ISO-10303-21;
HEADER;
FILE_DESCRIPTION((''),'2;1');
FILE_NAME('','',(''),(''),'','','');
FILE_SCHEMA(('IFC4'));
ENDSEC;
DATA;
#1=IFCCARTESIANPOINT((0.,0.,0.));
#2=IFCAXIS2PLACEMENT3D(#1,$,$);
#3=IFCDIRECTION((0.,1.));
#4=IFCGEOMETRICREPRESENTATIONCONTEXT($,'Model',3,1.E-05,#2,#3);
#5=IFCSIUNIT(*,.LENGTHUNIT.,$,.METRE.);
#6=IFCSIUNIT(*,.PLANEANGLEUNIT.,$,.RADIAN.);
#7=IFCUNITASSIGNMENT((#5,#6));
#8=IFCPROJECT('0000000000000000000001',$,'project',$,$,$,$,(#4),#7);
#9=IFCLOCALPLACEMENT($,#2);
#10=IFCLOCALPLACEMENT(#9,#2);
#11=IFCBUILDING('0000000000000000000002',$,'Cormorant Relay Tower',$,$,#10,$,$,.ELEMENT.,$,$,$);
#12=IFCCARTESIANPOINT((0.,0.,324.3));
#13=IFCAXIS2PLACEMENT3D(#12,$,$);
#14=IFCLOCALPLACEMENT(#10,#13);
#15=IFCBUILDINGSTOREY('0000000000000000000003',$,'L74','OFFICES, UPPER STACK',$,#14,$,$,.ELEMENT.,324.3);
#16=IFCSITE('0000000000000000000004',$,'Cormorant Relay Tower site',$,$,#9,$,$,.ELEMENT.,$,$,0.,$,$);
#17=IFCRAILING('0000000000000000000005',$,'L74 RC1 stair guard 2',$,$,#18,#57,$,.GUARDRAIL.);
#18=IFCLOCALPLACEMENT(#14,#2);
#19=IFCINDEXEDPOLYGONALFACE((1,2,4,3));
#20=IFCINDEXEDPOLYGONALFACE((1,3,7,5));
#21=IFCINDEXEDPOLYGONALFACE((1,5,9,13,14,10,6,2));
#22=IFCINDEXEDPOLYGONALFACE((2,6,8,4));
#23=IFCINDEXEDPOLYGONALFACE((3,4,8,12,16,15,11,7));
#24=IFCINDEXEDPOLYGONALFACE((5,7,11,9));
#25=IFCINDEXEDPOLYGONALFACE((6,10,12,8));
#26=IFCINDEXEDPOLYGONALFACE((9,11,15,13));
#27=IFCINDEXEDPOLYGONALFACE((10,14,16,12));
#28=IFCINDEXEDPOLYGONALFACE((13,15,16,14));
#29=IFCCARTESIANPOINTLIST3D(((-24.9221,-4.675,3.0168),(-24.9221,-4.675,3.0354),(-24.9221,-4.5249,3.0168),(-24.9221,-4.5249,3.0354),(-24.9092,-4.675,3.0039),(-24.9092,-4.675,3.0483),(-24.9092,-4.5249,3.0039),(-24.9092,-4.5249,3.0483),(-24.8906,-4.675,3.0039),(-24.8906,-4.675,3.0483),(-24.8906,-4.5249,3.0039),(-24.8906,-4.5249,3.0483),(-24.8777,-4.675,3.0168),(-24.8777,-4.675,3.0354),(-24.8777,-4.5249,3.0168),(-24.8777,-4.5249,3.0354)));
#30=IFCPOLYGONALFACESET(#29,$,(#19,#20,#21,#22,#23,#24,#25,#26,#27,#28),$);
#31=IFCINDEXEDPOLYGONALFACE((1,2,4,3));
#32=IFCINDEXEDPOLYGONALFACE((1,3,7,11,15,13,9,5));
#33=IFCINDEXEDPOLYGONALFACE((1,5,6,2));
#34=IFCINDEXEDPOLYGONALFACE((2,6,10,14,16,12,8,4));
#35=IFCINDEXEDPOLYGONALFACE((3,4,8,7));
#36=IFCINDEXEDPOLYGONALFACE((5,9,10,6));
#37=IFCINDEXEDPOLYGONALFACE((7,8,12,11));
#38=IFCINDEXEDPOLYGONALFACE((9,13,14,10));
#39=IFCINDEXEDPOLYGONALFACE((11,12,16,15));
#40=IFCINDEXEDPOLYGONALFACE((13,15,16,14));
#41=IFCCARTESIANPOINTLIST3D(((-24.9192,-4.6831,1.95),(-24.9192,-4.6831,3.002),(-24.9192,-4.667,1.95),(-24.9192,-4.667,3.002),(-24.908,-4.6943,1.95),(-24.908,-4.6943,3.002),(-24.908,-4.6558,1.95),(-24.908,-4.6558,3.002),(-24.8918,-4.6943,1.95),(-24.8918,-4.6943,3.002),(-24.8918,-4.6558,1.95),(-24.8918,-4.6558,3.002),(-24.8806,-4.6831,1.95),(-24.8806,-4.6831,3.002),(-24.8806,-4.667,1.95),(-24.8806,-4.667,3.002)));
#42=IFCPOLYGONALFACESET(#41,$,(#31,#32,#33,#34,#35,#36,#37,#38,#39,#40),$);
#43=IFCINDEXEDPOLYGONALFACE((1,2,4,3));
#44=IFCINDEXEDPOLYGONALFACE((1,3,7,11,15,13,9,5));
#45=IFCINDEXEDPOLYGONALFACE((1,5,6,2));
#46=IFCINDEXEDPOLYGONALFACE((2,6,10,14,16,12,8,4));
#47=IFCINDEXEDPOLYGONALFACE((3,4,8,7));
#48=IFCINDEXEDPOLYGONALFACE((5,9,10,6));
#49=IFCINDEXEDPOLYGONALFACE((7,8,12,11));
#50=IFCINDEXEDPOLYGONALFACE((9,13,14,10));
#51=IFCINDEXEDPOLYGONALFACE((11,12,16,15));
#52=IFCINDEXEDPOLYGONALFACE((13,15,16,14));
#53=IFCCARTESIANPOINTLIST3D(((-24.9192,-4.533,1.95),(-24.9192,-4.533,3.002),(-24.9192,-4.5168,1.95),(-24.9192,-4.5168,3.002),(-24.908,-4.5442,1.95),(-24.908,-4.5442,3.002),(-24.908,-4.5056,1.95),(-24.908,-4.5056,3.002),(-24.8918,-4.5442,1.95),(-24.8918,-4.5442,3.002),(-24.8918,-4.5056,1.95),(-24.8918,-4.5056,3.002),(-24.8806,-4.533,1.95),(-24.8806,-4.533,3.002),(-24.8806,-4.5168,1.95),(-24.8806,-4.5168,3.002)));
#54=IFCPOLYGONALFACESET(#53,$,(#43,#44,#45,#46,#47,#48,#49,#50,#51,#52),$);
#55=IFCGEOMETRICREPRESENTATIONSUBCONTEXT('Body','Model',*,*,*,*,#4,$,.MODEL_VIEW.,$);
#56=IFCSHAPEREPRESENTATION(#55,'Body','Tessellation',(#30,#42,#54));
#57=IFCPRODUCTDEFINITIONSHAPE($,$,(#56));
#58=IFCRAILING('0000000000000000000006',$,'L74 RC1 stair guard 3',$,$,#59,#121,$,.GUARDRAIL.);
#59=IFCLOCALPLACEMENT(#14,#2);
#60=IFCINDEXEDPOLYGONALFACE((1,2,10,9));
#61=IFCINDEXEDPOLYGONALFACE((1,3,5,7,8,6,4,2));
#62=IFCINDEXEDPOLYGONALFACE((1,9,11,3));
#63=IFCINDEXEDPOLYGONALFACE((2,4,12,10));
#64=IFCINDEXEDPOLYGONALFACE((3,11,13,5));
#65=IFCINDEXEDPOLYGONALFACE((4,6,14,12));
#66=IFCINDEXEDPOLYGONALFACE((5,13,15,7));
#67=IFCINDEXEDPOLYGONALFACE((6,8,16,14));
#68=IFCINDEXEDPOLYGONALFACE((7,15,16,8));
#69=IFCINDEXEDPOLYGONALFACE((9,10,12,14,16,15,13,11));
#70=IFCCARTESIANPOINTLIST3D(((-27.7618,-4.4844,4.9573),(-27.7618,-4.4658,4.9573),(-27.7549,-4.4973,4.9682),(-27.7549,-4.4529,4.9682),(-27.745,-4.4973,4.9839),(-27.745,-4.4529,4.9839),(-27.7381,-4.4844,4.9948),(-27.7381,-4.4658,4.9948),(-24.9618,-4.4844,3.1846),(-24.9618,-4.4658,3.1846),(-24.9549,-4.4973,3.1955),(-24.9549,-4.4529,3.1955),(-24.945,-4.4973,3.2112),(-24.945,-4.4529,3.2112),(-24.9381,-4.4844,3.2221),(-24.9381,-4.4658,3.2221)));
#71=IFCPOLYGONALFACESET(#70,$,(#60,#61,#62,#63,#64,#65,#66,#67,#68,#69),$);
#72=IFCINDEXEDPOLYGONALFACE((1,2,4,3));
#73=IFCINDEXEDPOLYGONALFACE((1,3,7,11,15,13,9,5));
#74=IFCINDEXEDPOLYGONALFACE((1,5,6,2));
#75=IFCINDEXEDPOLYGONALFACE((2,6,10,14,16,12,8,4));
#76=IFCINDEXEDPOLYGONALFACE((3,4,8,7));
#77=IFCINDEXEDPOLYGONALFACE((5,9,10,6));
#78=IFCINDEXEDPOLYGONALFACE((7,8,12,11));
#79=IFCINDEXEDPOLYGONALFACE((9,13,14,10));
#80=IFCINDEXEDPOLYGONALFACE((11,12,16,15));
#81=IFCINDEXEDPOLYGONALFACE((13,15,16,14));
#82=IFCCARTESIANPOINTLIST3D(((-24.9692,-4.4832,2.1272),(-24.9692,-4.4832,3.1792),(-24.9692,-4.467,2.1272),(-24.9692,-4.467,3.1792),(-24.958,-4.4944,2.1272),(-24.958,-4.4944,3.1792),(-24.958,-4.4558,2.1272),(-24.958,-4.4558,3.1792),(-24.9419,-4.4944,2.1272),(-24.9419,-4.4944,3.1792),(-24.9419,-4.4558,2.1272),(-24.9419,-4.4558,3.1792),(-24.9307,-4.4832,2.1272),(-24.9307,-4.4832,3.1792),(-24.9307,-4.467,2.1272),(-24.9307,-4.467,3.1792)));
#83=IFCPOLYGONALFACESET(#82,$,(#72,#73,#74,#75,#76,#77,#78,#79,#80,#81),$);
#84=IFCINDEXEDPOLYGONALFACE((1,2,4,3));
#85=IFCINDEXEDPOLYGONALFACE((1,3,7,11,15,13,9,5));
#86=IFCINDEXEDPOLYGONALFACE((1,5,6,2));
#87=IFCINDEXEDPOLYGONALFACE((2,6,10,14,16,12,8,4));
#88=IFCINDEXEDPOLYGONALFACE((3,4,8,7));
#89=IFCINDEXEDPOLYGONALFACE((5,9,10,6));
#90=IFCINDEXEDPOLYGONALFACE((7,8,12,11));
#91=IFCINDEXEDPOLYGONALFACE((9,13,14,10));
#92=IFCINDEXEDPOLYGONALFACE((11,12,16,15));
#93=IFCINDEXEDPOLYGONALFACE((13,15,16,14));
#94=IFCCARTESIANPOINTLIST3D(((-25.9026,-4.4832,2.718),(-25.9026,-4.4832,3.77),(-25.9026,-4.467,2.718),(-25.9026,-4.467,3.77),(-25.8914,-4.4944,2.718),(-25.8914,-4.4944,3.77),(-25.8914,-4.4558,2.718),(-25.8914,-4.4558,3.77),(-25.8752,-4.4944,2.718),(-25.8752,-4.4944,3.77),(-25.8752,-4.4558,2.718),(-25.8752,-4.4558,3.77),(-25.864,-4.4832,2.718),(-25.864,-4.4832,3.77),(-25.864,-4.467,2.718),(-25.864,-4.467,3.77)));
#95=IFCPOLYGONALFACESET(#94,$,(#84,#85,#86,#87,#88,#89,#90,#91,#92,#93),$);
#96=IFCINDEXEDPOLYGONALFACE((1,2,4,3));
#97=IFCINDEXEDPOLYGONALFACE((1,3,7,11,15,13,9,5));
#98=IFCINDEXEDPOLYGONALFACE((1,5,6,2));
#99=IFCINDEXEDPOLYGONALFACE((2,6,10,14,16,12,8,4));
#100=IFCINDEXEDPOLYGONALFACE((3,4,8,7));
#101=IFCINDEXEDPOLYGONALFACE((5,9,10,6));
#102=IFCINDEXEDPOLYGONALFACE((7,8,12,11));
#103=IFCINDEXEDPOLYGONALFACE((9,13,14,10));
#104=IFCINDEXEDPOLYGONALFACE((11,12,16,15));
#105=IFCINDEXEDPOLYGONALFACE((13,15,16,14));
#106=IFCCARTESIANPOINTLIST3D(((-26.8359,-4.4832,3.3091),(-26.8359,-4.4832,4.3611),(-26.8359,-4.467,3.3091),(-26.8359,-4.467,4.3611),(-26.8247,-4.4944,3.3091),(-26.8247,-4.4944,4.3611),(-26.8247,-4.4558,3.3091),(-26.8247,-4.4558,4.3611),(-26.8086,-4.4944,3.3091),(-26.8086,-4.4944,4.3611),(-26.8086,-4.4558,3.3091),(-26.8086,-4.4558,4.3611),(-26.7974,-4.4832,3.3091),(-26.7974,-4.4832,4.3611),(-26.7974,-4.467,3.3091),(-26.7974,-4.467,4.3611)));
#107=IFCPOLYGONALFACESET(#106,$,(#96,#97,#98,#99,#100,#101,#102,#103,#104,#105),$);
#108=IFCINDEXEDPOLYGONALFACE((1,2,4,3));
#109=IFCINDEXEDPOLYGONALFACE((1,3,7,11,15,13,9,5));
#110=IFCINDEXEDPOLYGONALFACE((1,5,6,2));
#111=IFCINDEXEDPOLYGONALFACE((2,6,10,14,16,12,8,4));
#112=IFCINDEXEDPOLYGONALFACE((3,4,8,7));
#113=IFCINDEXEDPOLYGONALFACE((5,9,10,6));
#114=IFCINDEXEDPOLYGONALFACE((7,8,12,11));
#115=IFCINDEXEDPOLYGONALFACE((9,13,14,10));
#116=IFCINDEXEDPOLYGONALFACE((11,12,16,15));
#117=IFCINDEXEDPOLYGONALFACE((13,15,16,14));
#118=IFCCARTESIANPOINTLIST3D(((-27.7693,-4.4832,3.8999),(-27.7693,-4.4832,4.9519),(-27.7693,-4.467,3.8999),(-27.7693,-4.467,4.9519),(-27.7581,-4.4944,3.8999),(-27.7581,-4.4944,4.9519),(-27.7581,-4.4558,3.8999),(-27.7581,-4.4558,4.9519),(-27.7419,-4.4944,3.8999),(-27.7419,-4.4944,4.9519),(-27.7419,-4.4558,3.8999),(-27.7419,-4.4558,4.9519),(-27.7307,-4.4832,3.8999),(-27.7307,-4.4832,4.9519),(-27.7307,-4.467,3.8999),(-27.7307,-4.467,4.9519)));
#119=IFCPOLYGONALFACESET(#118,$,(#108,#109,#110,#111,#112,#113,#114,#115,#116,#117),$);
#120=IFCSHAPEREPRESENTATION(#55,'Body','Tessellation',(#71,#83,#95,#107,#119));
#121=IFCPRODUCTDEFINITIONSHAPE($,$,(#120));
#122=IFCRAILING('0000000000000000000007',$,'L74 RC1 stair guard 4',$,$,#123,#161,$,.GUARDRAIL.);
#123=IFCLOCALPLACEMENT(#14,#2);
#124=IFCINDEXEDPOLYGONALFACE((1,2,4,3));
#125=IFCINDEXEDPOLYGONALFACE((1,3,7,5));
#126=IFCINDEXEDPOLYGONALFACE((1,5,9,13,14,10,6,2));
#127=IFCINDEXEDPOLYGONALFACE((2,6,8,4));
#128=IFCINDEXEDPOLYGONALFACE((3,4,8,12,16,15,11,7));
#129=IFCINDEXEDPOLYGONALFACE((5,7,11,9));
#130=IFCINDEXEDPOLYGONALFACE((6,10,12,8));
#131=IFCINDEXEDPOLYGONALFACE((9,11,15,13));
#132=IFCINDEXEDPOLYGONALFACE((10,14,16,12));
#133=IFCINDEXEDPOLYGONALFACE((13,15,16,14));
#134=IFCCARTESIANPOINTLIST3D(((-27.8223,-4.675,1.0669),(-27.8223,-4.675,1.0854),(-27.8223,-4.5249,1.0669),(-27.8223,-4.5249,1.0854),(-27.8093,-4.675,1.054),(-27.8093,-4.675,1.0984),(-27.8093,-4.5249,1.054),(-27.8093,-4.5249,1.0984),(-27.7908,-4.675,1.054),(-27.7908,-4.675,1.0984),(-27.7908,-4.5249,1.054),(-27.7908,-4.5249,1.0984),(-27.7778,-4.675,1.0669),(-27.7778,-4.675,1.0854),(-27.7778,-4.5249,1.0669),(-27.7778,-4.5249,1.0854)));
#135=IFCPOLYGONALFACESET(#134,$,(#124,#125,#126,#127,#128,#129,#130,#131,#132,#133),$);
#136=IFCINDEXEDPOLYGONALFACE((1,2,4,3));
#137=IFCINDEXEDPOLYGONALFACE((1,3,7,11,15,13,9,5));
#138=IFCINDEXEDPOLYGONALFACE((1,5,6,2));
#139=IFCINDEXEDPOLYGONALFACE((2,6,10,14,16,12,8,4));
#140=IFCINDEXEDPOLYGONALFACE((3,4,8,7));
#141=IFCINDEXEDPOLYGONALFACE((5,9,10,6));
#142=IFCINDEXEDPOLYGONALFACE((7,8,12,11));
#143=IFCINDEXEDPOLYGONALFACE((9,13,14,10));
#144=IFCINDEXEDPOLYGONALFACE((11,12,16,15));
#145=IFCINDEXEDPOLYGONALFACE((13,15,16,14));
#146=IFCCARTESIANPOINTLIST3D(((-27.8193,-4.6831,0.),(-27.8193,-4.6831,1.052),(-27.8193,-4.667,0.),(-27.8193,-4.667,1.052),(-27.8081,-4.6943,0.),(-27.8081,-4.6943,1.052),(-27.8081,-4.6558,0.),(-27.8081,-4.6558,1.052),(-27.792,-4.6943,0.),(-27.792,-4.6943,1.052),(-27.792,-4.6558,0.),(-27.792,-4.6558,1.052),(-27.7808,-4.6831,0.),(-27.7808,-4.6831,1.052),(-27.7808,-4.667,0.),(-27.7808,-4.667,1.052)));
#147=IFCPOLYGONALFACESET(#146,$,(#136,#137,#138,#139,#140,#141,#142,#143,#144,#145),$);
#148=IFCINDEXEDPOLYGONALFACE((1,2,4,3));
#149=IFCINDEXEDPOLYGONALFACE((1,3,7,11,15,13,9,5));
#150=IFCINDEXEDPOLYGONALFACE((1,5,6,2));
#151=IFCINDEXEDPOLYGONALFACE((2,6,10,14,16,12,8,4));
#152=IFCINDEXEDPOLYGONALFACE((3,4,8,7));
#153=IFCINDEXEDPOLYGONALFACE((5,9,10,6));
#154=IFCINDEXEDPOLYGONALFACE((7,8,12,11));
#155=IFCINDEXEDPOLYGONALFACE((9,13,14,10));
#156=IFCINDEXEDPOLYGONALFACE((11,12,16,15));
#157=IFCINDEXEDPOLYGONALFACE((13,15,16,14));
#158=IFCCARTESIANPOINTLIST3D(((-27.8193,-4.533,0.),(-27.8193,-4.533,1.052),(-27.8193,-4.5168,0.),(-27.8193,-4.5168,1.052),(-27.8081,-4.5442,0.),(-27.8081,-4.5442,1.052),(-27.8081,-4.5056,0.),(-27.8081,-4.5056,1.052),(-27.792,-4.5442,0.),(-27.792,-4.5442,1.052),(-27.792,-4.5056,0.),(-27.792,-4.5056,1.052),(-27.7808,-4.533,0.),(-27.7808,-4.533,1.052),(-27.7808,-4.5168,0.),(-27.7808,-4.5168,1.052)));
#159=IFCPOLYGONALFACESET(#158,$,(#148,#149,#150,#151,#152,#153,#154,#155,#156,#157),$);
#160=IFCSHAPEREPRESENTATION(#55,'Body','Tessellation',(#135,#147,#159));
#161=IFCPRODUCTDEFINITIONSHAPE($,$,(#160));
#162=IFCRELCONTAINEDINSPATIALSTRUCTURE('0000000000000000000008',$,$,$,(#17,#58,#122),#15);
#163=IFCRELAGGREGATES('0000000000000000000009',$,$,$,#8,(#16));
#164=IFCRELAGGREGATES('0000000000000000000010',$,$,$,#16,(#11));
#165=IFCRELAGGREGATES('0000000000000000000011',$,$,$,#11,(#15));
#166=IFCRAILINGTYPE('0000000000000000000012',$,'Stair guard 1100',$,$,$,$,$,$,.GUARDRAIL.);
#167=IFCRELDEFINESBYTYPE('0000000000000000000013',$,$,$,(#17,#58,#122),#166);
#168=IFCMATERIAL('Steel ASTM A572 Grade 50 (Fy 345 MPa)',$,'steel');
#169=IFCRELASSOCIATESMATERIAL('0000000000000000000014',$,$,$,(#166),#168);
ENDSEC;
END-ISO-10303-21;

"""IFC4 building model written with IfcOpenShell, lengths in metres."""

from ifc_helpers import new_model, si_unit, direction, frame, origin, place, context, subcontext, project, spatial, polyline, outline, extrude, material, type_object, element, save


model = new_model("IFC4")

# Units and contexts
model_context = context("Model", 3, precision=1e-05, world=origin(), true_north=direction((0.0, 1.0)))
body_context = subcontext(model_context, "Body", "Model", "MODEL_VIEW")
ifc_project = project(units=[si_unit("LENGTHUNIT", "METRE"), si_unit("PLANEANGLEUNIT", "RADIAN")], contexts=[model_context])

# Site, building, storey
site_placement = place(None, origin())
site = spatial("IfcSite", under=ifc_project, at=site_placement, Name="Cormorant Relay Tower site", CompositionType="ELEMENT", RefElevation=0.0)
building_placement = place(site_placement, origin())
building = spatial("IfcBuilding", under=site, at=building_placement, Name="Cormorant Relay Tower", CompositionType="ELEMENT")
storey_placement = place(building_placement, frame((0.0, 0.0, 324.3)))
storey = spatial("IfcBuildingStorey", under=building, at=storey_placement, Name="L74", Description="OFFICES, UPPER STACK", CompositionType="ELEMENT", Elevation=324.3)

# Railings
ifc_material_1 = material(Name="Steel ASTM A572 Grade 50 (Fy 345 MPa)", Category="steel")
railing_type_1 = type_object("IfcRailingType", Name="Stair guard 1100", PredefinedType="GUARDRAIL", material=ifc_material_1)
railing_1_placement = place(storey_placement, frame((-24.8999, -4.675, 1.95)))
element("IfcRailing", 1, at=railing_1_placement, inside=storey, type_object=railing_type_1, Name="L74 RC1 stair guard 2", PredefinedType="GUARDRAIL", context=body_context, shape_type="SweptSolid", body=[
    extrude(outline(polyline([(0.0222, 0.0093), (0.0093, 0.0222), (-0.0093, 0.0222), (-0.0222, 0.0093), (-0.0222, -0.0093), (-0.0093, -0.0222), (0.0093, -0.0222), (0.0222, -0.0093), (0.0222, 0.0093)])), frame((0.0, 0.0, 1.0762), z_axis=(0.0, 1.0, 0.0), x_axis=(-1.0, 0.0, 0.0)), (0.0, 0.0, 1.0), 0.1501),
    extrude(outline(polyline([(0.0193, 0.0081), (0.0081, 0.0193), (-0.0081, 0.0193), (-0.0193, 0.0081), (-0.0193, -0.0081), (-0.0081, -0.0193), (0.0081, -0.0193), (0.0193, -0.0081), (0.0193, 0.0081)])), origin(), (0.0, 0.0, 1.0), 1.052),
    extrude(outline(polyline([(0.0193, 0.0081), (0.0081, 0.0193), (-0.0081, 0.0193), (-0.0193, 0.0081), (-0.0193, -0.0081), (-0.0081, -0.0193), (0.0081, -0.0193), (0.0193, -0.0081), (0.0193, 0.0081)])), frame((0.0, 0.1501, 0.0)), (0.0, 0.0, 1.0), 1.052),
])
railing_2_placement = place(storey_placement, frame((-24.95, -4.4751, 2.1272)))
element("IfcRailing", 2, at=railing_2_placement, inside=storey, type_object=railing_type_1, Name="L74 RC1 stair guard 3", PredefinedType="GUARDRAIL", context=body_context, shape_type="SweptSolid", body=[
    extrude(outline(polyline([(0.0222, 0.0093), (0.0093, 0.0222), (-0.0093, 0.0222), (-0.0222, 0.0093), (-0.0222, -0.0093), (-0.0093, -0.0222), (0.0093, -0.0222), (0.0222, -0.0093), (0.0222, 0.0093)])), frame((0.0, 0.0, 1.0762), z_axis=(-0.844909, 0.0, 0.53491), x_axis=(0.0, -1.0, 0.0)), (0.0, 0.0, 1.0), 3.314),
    extrude(outline(polyline([(0.0193, 0.0081), (0.0081, 0.0193), (-0.0081, 0.0193), (-0.0193, 0.0081), (-0.0193, -0.0081), (-0.0081, -0.0193), (0.0081, -0.0193), (0.0193, -0.0081), (0.0193, 0.0081)])), origin(), (0.0, 0.0, 1.0), 1.052),
    extrude(outline(polyline([(0.0193, 0.0081), (0.0081, 0.0193), (-0.0081, 0.0193), (-0.0193, 0.0081), (-0.0193, -0.0081), (-0.0081, -0.0193), (0.0081, -0.0193), (0.0193, -0.0081), (0.0193, 0.0081)])), frame((-0.9333, 0.0, 0.5908)), (0.0, 0.0, 1.0), 1.052),
    extrude(outline(polyline([(0.0193, 0.0081), (0.0081, 0.0193), (-0.0081, 0.0193), (-0.0193, 0.0081), (-0.0193, -0.0081), (-0.0081, -0.0193), (0.0081, -0.0193), (0.0193, -0.0081), (0.0193, 0.0081)])), frame((-1.8667, 0.0, 1.1819)), (0.0, 0.0, 1.0), 1.052),
    extrude(outline(polyline([(0.0193, 0.0081), (0.0081, 0.0193), (-0.0081, 0.0193), (-0.0193, 0.0081), (-0.0193, -0.0081), (-0.0081, -0.0193), (0.0081, -0.0193), (0.0193, -0.0081), (0.0193, 0.0081)])), frame((-2.8, 0.0, 1.7727)), (0.0, 0.0, 1.0), 1.052),
])
railing_3_placement = place(storey_placement, frame((-27.8, -4.675, 0.0)))
element("IfcRailing", 3, at=railing_3_placement, inside=storey, type_object=railing_type_1, Name="L74 RC1 stair guard 4", PredefinedType="GUARDRAIL", context=body_context, shape_type="SweptSolid", body=[
    extrude(outline(polyline([(0.0222, 0.0093), (0.0093, 0.0222), (-0.0093, 0.0222), (-0.0222, 0.0093), (-0.0222, -0.0093), (-0.0093, -0.0222), (0.0093, -0.0222), (0.0222, -0.0093), (0.0222, 0.0093)])), frame((0.0, 0.0, 1.0762), z_axis=(0.0, 1.0, 0.0), x_axis=(-1.0, 0.0, 0.0)), (0.0, 0.0, 1.0), 0.1501),
    extrude(outline(polyline([(0.0193, 0.0081), (0.0081, 0.0193), (-0.0081, 0.0193), (-0.0193, 0.0081), (-0.0193, -0.0081), (-0.0081, -0.0193), (0.0081, -0.0193), (0.0193, -0.0081), (0.0193, 0.0081)])), origin(), (0.0, 0.0, 1.0), 1.052),
    extrude(outline(polyline([(0.0193, 0.0081), (0.0081, 0.0193), (-0.0081, 0.0193), (-0.0193, 0.0081), (-0.0193, -0.0081), (-0.0081, -0.0193), (0.0081, -0.0193), (0.0193, -0.0081), (0.0193, 0.0081)])), frame((0.0, 0.1501, 0.0)), (0.0, 0.0, 1.0), 1.052),
])

save(model, "model.ifc")
